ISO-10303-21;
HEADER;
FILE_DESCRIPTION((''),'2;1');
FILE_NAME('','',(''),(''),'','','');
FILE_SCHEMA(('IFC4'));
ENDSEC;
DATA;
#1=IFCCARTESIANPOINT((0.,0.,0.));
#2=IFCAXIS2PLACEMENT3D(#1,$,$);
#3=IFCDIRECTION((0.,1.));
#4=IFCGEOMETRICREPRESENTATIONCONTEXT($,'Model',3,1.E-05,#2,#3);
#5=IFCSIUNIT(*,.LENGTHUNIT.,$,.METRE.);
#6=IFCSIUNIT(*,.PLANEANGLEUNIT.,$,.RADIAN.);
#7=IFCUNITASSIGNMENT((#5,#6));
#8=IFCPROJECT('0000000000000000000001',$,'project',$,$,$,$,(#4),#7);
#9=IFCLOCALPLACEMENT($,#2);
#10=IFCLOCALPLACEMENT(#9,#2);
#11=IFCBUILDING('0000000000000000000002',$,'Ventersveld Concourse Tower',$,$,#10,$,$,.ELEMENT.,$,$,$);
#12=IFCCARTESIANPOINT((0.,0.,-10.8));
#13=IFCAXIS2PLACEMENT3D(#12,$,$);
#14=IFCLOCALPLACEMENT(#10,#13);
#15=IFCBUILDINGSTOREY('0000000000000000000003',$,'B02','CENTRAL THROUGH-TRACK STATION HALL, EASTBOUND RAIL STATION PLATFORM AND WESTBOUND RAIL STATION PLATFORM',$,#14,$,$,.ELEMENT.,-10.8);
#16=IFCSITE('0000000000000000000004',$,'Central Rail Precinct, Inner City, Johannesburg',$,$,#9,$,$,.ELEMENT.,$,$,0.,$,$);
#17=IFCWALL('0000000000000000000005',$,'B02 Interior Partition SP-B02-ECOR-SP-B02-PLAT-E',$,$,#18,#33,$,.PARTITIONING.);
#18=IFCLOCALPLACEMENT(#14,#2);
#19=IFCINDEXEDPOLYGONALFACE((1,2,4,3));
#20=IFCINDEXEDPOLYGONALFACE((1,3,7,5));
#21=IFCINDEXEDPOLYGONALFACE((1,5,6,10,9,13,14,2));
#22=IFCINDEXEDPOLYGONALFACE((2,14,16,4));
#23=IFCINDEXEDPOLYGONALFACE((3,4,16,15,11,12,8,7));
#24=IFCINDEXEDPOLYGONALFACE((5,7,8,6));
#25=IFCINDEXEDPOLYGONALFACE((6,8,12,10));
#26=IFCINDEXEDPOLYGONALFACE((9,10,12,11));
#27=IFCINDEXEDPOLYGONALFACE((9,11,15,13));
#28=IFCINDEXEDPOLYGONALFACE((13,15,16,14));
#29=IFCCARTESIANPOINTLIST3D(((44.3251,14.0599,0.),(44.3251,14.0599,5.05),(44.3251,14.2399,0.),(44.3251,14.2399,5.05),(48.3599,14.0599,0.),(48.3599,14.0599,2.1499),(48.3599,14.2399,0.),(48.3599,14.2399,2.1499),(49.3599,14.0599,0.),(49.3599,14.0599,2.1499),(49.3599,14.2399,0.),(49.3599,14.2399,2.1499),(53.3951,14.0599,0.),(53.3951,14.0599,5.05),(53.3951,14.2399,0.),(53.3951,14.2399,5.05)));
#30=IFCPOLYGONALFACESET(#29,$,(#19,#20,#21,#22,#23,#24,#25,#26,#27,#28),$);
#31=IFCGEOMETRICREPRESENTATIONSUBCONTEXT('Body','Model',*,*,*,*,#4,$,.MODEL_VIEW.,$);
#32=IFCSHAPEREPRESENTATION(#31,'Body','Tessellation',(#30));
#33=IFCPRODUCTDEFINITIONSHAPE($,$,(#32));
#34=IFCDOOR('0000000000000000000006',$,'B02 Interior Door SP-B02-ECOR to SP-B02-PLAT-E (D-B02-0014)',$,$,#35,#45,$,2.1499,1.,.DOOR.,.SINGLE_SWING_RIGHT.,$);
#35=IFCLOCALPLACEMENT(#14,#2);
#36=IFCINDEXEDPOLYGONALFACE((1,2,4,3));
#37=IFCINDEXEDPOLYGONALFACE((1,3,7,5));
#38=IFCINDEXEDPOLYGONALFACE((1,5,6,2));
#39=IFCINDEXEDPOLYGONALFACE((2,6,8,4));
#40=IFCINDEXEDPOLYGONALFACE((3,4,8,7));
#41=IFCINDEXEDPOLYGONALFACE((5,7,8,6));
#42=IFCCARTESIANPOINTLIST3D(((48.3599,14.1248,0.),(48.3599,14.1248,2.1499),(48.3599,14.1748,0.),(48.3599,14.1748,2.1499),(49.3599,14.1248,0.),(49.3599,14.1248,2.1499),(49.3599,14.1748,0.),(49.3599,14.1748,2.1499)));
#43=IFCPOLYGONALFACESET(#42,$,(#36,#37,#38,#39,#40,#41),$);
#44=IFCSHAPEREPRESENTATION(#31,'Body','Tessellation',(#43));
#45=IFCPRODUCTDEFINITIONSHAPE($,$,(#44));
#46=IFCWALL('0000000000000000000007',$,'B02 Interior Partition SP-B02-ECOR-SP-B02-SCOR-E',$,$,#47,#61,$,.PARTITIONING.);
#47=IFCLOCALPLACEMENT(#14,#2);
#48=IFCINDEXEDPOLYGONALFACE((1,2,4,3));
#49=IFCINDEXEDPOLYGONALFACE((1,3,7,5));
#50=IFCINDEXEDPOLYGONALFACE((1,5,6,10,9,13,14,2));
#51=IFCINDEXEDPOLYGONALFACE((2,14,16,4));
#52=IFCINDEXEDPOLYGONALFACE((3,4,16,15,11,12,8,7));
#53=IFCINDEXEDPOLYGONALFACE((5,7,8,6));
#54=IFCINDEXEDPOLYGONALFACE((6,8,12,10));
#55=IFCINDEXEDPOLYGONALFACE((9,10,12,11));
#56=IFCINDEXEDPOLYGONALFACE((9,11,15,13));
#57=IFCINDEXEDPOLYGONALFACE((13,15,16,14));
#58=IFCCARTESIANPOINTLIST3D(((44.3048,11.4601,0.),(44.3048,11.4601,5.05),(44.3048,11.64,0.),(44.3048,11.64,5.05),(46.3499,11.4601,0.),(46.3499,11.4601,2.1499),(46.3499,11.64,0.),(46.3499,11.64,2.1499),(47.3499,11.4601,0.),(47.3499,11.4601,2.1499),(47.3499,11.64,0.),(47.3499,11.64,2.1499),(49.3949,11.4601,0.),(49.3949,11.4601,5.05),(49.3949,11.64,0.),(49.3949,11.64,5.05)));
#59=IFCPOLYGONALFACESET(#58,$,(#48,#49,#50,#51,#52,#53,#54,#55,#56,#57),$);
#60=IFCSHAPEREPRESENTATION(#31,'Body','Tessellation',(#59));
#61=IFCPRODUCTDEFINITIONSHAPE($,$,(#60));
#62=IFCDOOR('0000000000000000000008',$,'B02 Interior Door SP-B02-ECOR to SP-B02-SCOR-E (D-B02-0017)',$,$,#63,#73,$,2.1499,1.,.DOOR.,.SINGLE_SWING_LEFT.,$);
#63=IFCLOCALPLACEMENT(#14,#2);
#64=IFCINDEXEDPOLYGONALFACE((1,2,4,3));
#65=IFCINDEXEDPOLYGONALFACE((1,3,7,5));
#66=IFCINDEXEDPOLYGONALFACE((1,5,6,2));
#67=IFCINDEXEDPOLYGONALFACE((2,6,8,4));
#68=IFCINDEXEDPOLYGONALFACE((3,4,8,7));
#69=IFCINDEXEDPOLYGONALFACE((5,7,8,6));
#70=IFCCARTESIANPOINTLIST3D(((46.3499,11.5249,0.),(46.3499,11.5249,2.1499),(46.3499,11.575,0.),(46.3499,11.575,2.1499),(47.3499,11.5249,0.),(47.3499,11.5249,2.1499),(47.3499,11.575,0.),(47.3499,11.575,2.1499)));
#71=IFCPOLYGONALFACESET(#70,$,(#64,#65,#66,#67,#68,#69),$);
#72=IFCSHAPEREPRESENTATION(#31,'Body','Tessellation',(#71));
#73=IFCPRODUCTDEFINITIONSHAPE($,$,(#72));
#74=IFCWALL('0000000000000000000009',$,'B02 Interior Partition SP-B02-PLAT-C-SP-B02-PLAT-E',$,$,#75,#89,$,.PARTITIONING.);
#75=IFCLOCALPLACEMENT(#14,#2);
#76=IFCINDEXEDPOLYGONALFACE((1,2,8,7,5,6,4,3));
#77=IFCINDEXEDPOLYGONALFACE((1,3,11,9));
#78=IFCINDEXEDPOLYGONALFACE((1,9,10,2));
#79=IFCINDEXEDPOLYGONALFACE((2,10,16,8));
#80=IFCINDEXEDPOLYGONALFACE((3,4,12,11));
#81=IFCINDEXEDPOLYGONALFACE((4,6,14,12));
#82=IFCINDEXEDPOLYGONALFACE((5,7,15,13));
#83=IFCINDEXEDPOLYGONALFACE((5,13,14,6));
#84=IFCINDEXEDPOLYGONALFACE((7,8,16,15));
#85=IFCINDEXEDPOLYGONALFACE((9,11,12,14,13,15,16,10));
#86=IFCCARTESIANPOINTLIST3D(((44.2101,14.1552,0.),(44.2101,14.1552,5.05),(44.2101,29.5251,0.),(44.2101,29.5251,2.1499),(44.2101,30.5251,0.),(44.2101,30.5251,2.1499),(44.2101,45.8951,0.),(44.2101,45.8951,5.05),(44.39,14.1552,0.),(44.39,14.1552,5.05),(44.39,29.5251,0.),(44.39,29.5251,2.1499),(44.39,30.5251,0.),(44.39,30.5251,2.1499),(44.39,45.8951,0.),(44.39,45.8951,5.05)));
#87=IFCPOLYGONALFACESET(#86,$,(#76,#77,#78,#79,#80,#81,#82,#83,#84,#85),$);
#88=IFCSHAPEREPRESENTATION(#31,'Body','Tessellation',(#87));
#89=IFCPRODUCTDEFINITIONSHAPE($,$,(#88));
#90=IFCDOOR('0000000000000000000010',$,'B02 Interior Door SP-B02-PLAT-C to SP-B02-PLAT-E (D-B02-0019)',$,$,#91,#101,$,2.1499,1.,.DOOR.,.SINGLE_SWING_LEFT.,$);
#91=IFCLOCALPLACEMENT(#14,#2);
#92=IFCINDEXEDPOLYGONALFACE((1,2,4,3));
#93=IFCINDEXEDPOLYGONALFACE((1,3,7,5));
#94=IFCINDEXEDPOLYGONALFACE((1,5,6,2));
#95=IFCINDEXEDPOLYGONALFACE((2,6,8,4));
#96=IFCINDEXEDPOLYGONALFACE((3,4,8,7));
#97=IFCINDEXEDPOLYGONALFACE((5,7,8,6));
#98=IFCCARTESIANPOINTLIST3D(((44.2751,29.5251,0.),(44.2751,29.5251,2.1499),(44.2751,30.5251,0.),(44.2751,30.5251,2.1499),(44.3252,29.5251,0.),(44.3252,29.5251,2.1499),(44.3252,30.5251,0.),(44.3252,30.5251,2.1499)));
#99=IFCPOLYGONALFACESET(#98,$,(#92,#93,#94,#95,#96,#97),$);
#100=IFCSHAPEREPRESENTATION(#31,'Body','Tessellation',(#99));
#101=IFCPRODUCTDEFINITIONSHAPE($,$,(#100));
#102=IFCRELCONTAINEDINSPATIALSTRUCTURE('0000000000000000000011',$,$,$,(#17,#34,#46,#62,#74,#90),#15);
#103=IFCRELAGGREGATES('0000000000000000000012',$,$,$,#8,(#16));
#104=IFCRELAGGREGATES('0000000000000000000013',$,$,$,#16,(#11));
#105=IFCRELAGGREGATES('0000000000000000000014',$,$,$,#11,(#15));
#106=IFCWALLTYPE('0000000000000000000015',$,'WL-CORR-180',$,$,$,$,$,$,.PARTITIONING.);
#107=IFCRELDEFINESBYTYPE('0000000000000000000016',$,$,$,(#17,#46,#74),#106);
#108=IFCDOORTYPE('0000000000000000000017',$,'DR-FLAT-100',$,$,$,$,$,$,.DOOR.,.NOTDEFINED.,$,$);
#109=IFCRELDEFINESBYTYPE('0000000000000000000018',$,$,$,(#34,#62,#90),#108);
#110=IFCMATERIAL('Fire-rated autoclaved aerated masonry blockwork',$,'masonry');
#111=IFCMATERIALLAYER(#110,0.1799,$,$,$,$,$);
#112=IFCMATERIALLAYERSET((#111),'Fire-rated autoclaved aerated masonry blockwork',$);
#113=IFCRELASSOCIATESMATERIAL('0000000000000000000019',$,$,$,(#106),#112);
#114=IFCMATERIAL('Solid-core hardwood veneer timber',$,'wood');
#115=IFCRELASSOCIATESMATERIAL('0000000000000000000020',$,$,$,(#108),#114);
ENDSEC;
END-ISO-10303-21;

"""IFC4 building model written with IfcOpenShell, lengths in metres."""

from ifc_helpers import new_model, si_unit, direction, frame, frame_2d, origin, place, context, subcontext, project, spatial, rectangle, extrude, material, layer, layer_set, type_object, element, fill, save


model = new_model("IFC4")

# Units and contexts
model_context = context("Model", 3, precision=1e-05, world=origin(), true_north=direction((0.0, 1.0)))
body_context = subcontext(model_context, "Body", "Model", "MODEL_VIEW")
ifc_project = project(units=[si_unit("LENGTHUNIT", "METRE"), si_unit("PLANEANGLEUNIT", "RADIAN")], contexts=[model_context])

# Site, building, storey
site_placement = place(None, origin())
site = spatial("IfcSite", under=ifc_project, at=site_placement, Name="Central Rail Precinct, Inner City, Johannesburg", CompositionType="ELEMENT", RefElevation=0.0)
building_placement = place(site_placement, origin())
building = spatial("IfcBuilding", under=site, at=building_placement, Name="Ventersveld Concourse Tower", CompositionType="ELEMENT")
storey_placement = place(building_placement, frame((0.0, 0.0, -10.8)))
storey = spatial("IfcBuildingStorey", under=building, at=storey_placement, Name="B02", Description="CENTRAL THROUGH-TRACK STATION HALL, EASTBOUND RAIL STATION PLATFORM AND WESTBOUND RAIL STATION PLATFORM", CompositionType="ELEMENT", Elevation=-10.8)

# Walls, openings, doors
ifc_material_1 = material(Name="Fire-rated autoclaved aerated masonry blockwork", Category="masonry")
ifc_layer = layer(ifc_material_1, 0.1799)
ifc_layer_set = layer_set([ifc_layer], Name="Fire-rated autoclaved aerated masonry blockwork")
wall_type = type_object("IfcWallType", Name="WL-CORR-180", PredefinedType="PARTITIONING", material=ifc_layer_set)
wall_1_placement = place(storey_placement, frame((44.325, 14.1499, 0.0), z_axis=(0.0, 0.0, 1.0), x_axis=(1.0, 0.0, 0.0)))
wall_1 = element("IfcWall", 1, at=wall_1_placement, inside=storey, type_object=wall_type, Name="B02 Interior Partition SP-B02-ECOR-SP-B02-PLAT-E", PredefinedType="PARTITIONING", context=body_context, shape_type="SweptSolid", body=[
    extrude(rectangle(XDim=9.0701, YDim=0.1799, at=frame_2d((4.5352, 0.0))), origin(), (0.0, 0.0, 1.0), 5.05),
])
opening_1_placement = place(wall_1_placement, frame((4.0349, 0.0, 0.0)))
opening_1 = element("IfcOpeningElement", 2, at=opening_1_placement, cuts=wall_1, PredefinedType="OPENING", context=body_context, shape_type="SweptSolid", body=[
    extrude(rectangle(XDim=1.0, YDim=2.1499, at=frame_2d((0.5, 1.075))), frame((0.0, 0.1001, 0.0), z_axis=(0.0, -1.0, 0.0), x_axis=(1.0, 0.0, 0.0)), (0.0, 0.0, 1.0), 0.2),
])
ifc_material_2 = material(Name="Solid-core hardwood veneer timber", Category="wood")
door_type = type_object("IfcDoorType", Name="DR-FLAT-100", OperationType="NOTDEFINED", PredefinedType="DOOR", material=ifc_material_2)
door_1_placement = place(opening_1_placement, origin())
door_1 = element("IfcDoor", 3, at=door_1_placement, inside=storey, type_object=door_type, Name="B02 Interior Door SP-B02-ECOR to SP-B02-PLAT-E (D-B02-0014)", OperationType="SINGLE_SWING_RIGHT", OverallHeight=2.1499, OverallWidth=1.0, PredefinedType="DOOR", context=body_context, shape_type="SweptSolid", body=[
    extrude(rectangle(XDim=1.0, YDim=2.1499, at=frame_2d((0.5, 1.075))), frame((0.0, 0.0249, 0.0), z_axis=(0.0, -1.0, 0.0), x_axis=(1.0, 0.0, 0.0)), (0.0, 0.0, 1.0), 0.05),
])
fill(opening_1, door_1)
wall_2_placement = place(storey_placement, frame((44.3049, 11.55, 0.0), z_axis=(0.0, 0.0, 1.0), x_axis=(1.0, 0.0, 0.0)))
wall_2 = element("IfcWall", 4, at=wall_2_placement, inside=storey, type_object=wall_type, Name="B02 Interior Partition SP-B02-ECOR-SP-B02-SCOR-E", PredefinedType="PARTITIONING", context=body_context, shape_type="SweptSolid", body=[
    extrude(rectangle(XDim=5.0901, YDim=0.1799, at=frame_2d((2.5449, 0.0))), origin(), (0.0, 0.0, 1.0), 5.05),
])
opening_2_placement = place(wall_2_placement, frame((2.0449, 0.0, 0.0)))
opening_2 = element("IfcOpeningElement", 5, at=opening_2_placement, cuts=wall_2, PredefinedType="OPENING", context=body_context, shape_type="SweptSolid", body=[
    extrude(rectangle(XDim=1.0, YDim=2.1499, at=frame_2d((0.5, 1.075))), frame((0.0, 0.1001, 0.0), z_axis=(0.0, -1.0, 0.0), x_axis=(1.0, 0.0, 0.0)), (0.0, 0.0, 1.0), 0.2),
])
door_2_placement = place(opening_2_placement, origin())
door_2 = element("IfcDoor", 6, at=door_2_placement, inside=storey, type_object=door_type, Name="B02 Interior Door SP-B02-ECOR to SP-B02-SCOR-E (D-B02-0017)", OperationType="SINGLE_SWING_LEFT", OverallHeight=2.1499, OverallWidth=1.0, PredefinedType="DOOR", context=body_context, shape_type="SweptSolid", body=[
    extrude(rectangle(XDim=1.0, YDim=2.1499, at=frame_2d((0.5, 1.075))), frame((0.0, 0.0249, 0.0), z_axis=(0.0, -1.0, 0.0), x_axis=(1.0, 0.0, 0.0)), (0.0, 0.0, 1.0), 0.05),
])
fill(opening_2, door_2)
wall_3_placement = place(storey_placement, frame((44.3, 14.155, 0.0), z_axis=(0.0, 0.0, 1.0), x_axis=(0.0, 1.0, 0.0)))
wall_3 = element("IfcWall", 7, at=wall_3_placement, inside=storey, type_object=wall_type, Name="B02 Interior Partition SP-B02-PLAT-C-SP-B02-PLAT-E", PredefinedType="PARTITIONING", context=body_context, shape_type="SweptSolid", body=[
    extrude(rectangle(XDim=31.74, YDim=0.1799, at=frame_2d((15.8701, 0.0))), origin(), (0.0, 0.0, 1.0), 5.05),
])
opening_3_placement = place(wall_3_placement, frame((15.3701, 0.0, 0.0)))
opening_3 = element("IfcOpeningElement", 8, at=opening_3_placement, cuts=wall_3, PredefinedType="OPENING", context=body_context, shape_type="SweptSolid", body=[
    extrude(rectangle(XDim=1.0, YDim=2.1499, at=frame_2d((0.5, 1.075))), frame((0.0, 0.1001, 0.0), z_axis=(0.0, -1.0, 0.0), x_axis=(1.0, 0.0, 0.0)), (0.0, 0.0, 1.0), 0.2),
])
door_3_placement = place(opening_3_placement, origin())
door_3 = element("IfcDoor", 9, at=door_3_placement, inside=storey, type_object=door_type, Name="B02 Interior Door SP-B02-PLAT-C to SP-B02-PLAT-E (D-B02-0019)", OperationType="SINGLE_SWING_LEFT", OverallHeight=2.1499, OverallWidth=1.0, PredefinedType="DOOR", context=body_context, shape_type="SweptSolid", body=[
    extrude(rectangle(XDim=1.0, YDim=2.1499, at=frame_2d((0.5, 1.075))), frame((0.0, 0.0249, 0.0), z_axis=(0.0, -1.0, 0.0), x_axis=(1.0, 0.0, 0.0)), (0.0, 0.0, 1.0), 0.05),
])
fill(opening_3, door_3)

save(model, "model.ifc")
